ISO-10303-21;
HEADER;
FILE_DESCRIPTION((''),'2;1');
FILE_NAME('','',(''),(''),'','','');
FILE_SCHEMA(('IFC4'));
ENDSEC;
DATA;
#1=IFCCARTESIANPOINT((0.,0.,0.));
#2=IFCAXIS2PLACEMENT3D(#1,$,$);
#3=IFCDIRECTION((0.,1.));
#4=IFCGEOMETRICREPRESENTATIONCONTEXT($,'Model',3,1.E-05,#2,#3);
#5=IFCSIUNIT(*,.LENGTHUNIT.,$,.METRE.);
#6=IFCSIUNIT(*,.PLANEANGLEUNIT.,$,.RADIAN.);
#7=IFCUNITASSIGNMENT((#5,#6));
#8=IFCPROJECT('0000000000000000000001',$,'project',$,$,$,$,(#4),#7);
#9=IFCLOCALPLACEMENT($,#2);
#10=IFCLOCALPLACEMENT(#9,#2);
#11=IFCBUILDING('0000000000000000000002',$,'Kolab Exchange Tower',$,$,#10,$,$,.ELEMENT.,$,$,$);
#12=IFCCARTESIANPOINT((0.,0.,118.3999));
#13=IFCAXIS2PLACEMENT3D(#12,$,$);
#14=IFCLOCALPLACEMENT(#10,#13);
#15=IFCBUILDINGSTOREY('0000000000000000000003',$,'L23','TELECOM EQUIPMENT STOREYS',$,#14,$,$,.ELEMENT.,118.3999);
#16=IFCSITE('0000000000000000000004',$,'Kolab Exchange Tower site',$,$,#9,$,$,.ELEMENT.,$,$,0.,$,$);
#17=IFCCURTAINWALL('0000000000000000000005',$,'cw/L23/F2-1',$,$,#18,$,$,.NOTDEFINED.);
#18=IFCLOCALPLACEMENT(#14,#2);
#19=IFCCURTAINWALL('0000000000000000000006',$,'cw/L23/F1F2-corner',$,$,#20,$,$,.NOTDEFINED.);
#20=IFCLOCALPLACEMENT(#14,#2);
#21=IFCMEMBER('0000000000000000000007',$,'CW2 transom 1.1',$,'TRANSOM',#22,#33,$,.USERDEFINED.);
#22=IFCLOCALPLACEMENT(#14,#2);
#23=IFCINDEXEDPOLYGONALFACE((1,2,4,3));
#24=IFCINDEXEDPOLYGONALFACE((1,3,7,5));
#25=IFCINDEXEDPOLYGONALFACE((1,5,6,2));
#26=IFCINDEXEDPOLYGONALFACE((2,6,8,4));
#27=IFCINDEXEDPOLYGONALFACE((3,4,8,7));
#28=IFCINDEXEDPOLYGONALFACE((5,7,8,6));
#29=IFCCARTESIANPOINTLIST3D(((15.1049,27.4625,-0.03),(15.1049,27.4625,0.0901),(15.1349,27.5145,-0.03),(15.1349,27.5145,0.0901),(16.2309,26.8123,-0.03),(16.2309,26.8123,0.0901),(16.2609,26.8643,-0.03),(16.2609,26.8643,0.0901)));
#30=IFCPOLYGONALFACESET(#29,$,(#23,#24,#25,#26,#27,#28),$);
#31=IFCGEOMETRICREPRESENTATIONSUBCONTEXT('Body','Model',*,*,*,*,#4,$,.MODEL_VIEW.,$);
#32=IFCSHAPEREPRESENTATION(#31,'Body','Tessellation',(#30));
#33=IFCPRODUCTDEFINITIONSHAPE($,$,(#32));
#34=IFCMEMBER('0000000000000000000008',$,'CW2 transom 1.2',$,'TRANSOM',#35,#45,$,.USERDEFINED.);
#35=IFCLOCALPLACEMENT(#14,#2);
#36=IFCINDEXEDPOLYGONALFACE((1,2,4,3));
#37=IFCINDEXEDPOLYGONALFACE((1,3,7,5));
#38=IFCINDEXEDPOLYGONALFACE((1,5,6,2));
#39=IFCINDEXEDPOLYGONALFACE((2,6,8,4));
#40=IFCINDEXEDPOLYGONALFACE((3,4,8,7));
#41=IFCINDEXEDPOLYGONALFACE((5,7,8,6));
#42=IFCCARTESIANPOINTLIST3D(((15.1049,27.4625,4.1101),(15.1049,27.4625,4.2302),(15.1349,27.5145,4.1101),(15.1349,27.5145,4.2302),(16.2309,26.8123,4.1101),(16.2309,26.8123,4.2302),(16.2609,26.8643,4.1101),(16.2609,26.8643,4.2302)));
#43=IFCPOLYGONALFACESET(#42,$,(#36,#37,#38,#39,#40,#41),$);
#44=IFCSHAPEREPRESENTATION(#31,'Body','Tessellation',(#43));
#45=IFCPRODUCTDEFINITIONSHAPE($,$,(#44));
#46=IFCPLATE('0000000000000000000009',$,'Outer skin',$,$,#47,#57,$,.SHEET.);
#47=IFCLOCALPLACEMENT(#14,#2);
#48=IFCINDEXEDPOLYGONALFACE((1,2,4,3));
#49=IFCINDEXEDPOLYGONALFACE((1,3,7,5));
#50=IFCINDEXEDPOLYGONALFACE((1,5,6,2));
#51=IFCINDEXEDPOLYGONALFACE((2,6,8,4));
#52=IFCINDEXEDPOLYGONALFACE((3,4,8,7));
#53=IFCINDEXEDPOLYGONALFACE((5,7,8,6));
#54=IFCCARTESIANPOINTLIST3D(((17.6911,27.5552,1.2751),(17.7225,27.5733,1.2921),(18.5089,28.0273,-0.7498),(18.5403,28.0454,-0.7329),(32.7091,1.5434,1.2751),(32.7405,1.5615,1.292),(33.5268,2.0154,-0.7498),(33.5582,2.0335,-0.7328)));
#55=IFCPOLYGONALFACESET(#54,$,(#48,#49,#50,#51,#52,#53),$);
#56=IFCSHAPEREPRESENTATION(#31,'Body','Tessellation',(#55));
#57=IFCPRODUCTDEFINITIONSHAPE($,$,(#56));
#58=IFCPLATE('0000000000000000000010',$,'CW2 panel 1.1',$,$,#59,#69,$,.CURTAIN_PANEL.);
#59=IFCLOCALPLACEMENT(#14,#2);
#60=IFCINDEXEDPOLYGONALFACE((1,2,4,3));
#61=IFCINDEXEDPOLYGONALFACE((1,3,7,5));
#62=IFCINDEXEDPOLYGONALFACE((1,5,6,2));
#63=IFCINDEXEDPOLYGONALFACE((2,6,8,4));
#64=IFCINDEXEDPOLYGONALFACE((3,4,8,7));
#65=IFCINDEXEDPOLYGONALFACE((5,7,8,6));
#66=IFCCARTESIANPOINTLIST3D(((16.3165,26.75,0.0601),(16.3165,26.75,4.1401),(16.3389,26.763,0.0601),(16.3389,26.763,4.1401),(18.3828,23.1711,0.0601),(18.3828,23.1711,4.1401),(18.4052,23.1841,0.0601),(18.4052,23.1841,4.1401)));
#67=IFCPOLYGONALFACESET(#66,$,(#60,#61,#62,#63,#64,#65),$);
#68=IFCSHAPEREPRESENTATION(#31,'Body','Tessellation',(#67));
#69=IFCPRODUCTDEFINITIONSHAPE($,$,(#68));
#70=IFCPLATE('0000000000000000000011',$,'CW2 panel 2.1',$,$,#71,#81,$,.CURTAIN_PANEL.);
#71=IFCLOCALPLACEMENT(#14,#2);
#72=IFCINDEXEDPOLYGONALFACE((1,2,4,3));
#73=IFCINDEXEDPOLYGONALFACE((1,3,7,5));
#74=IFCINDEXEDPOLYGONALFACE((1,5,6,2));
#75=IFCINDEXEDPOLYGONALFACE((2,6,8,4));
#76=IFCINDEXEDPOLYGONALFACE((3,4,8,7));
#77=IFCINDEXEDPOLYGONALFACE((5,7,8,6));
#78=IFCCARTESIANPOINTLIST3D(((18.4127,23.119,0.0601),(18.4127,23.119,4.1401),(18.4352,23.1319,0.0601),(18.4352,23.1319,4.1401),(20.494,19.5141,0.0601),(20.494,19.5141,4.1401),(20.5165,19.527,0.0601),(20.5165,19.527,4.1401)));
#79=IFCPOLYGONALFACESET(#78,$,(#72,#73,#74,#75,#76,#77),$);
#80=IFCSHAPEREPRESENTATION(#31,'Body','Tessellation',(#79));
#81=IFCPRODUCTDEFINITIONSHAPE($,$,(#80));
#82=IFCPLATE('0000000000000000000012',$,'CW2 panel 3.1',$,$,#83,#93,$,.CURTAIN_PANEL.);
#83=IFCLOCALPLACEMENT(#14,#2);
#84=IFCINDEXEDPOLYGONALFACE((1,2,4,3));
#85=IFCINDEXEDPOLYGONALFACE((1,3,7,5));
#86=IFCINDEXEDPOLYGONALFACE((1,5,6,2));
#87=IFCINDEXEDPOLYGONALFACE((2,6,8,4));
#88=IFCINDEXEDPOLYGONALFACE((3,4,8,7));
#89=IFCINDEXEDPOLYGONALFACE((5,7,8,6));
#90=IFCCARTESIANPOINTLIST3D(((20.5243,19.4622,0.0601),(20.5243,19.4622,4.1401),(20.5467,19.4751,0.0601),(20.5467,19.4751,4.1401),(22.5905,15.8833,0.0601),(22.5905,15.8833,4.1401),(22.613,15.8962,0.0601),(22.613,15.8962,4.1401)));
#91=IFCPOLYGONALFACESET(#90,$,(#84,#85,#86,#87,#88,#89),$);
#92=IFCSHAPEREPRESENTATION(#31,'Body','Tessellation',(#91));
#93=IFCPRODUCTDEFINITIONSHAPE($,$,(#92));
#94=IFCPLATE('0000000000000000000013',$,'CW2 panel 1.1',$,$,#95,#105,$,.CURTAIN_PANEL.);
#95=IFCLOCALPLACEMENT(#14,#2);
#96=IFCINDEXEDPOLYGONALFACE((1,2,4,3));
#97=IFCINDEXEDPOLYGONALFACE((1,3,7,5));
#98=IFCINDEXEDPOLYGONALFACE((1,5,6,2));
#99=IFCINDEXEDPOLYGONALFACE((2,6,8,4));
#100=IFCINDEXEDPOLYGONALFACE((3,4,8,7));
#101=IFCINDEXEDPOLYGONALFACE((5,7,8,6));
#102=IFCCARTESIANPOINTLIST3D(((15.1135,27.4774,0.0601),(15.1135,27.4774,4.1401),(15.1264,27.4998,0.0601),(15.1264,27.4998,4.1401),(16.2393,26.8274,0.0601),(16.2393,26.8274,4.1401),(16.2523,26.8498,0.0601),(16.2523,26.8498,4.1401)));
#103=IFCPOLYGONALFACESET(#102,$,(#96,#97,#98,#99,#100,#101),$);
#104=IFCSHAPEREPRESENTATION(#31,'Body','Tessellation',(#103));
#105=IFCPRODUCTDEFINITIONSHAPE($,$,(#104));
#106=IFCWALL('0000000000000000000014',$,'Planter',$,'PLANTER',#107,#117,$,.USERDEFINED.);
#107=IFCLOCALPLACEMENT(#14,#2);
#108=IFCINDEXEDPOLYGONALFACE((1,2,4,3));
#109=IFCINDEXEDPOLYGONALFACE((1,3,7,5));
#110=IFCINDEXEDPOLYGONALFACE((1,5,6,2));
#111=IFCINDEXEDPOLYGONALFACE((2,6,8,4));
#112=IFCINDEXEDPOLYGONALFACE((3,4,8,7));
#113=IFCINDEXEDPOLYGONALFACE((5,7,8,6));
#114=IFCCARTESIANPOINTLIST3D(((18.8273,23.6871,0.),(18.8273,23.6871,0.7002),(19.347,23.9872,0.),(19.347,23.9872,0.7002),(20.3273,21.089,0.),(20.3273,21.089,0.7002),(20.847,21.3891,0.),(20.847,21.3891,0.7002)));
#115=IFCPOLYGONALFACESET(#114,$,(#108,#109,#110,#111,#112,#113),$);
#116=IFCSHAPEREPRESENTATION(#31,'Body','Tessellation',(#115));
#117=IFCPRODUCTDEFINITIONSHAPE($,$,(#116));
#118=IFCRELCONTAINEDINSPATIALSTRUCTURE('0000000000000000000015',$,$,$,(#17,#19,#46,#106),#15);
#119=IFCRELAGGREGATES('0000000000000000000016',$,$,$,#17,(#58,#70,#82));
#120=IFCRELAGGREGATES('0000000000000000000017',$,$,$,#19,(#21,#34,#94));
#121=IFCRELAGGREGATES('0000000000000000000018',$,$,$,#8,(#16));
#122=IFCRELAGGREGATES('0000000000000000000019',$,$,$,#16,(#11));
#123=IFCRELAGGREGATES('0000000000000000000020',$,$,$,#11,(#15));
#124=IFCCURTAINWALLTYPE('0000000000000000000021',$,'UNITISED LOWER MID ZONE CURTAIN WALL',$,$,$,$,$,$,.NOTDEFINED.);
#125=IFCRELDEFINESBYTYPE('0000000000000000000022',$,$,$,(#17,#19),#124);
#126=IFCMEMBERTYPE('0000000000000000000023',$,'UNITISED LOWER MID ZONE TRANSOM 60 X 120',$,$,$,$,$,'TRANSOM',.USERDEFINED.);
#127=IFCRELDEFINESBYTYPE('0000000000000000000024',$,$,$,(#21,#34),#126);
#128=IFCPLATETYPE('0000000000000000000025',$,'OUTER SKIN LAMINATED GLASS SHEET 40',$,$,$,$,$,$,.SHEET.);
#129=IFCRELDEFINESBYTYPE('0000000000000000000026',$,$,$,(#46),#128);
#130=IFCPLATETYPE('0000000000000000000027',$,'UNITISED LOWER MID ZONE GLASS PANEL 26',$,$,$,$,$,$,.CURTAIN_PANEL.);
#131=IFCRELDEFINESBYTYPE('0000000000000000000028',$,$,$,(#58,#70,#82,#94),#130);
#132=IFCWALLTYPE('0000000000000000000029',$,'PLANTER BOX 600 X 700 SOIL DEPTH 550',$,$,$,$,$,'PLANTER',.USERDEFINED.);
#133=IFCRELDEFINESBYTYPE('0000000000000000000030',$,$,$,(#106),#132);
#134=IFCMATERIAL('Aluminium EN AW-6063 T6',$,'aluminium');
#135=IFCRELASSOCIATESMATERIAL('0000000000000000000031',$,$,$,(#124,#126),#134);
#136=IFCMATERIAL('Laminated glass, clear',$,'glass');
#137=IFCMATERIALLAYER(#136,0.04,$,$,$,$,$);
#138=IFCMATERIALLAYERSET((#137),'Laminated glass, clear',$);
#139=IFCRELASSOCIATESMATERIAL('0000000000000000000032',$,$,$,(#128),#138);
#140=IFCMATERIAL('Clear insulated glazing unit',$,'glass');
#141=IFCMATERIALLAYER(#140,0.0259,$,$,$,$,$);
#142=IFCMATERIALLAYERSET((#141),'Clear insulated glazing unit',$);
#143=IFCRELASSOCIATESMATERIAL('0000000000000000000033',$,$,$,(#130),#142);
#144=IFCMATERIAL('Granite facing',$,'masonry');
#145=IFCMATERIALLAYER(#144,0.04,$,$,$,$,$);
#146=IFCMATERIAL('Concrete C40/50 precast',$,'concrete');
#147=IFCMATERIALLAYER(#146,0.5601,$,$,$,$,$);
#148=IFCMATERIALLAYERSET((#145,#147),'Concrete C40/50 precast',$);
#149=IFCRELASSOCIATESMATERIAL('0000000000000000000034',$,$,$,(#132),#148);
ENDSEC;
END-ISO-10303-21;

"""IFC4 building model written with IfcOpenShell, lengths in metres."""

from ifc_helpers import new_model, si_unit, direction, frame, frame_2d, origin, origin_2d, place, context, subcontext, project, spatial, polyline, rectangle, outline, extrude, material, layer, layer_set, material_profile, profile_set, type_object, element, aggregate, save


model = new_model("IFC4")

# Units and contexts
model_context = context("Model", 3, precision=1e-05, world=origin(), true_north=direction((0.0, 1.0)))
body_context = subcontext(model_context, "Body", "Model", "MODEL_VIEW")
ifc_project = project(units=[si_unit("LENGTHUNIT", "METRE"), si_unit("PLANEANGLEUNIT", "RADIAN")], contexts=[model_context])

# Site, building, storey
site_placement = place(None, origin())
site = spatial("IfcSite", under=ifc_project, at=site_placement, Name="Kolab Exchange Tower site", CompositionType="ELEMENT", RefElevation=0.0)
building_placement = place(site_placement, origin())
building = spatial("IfcBuilding", under=site, at=building_placement, Name="Kolab Exchange Tower", CompositionType="ELEMENT")
storey_placement = place(building_placement, frame((0.0, 0.0, 118.3999)))
storey = spatial("IfcBuildingStorey", under=building, at=storey_placement, Name="L23", Description="TELECOM EQUIPMENT STOREYS", CompositionType="ELEMENT", Elevation=118.3999)

# Shared definitions
ifc_material_1 = material(Name="Aluminium EN AW-6063 T6", Category="aluminium")
curtain_wall_type = type_object("IfcCurtainWallType", Name="UNITISED LOWER MID ZONE CURTAIN WALL", PredefinedType="NOTDEFINED", material=ifc_material_1)

# Curtain wall
curtain_wall_1_placement = place(storey_placement, origin())
curtain_wall_1 = element("IfcCurtainWall", 1, at=curtain_wall_1_placement, inside=storey, type_object=curtain_wall_type, Name="cw/L23/F2-1", PredefinedType="NOTDEFINED")

# Curtain wall
curtain_wall_2_placement = place(storey_placement, origin())
curtain_wall_2 = element("IfcCurtainWall", 2, at=curtain_wall_2_placement, inside=storey, type_object=curtain_wall_type, Name="cw/L23/F1F2-corner", PredefinedType="NOTDEFINED")

# Members
ifc_material_profile_1 = material_profile(ifc_material_1, rectangle(XDim=0.0601, YDim=0.1201, at=origin_2d()), Name="RECT 60X120")
ifc_profile_set_1 = profile_set([ifc_material_profile_1], Name="Aluminium EN AW-6063 T6")
member_type_1 = type_object("IfcMemberType", Name="UNITISED LOWER MID ZONE TRANSOM 60 X 120", ElementType="TRANSOM", PredefinedType="USERDEFINED", material=ifc_profile_set_1)
member_1_placement = place(storey_placement, frame((15.1199, 27.4885, 0.03), z_axis=(0.866004, -0.500037, 0.0), x_axis=(0.500037, 0.866004, 0.0)))
member_1 = element("IfcMember", 3, at=member_1_placement, type_object=member_type_1, Name="CW2 transom 1.1", ObjectType="TRANSOM", PredefinedType="USERDEFINED", context=body_context, shape_type="SweptSolid", body=[
    extrude(rectangle(XDim=0.0601, YDim=0.1201, at=origin_2d()), origin(), (0.0, 0.0, 1.0), 1.3003),
])
member_2_placement = place(storey_placement, frame((15.1199, 27.4885, 4.1702), z_axis=(0.866004, -0.500037, 0.0), x_axis=(0.500037, 0.866004, 0.0)))
member_2 = element("IfcMember", 4, at=member_2_placement, type_object=member_type_1, Name="CW2 transom 1.2", ObjectType="TRANSOM", PredefinedType="USERDEFINED", context=body_context, shape_type="SweptSolid", body=[
    extrude(rectangle(XDim=0.0601, YDim=0.1201, at=origin_2d()), origin(), (0.0, 0.0, 1.0), 1.3003),
])

# Plates
ifc_material_2 = material(Name="Laminated glass, clear", Category="glass")
ifc_layer_1 = layer(ifc_material_2, 0.04)
ifc_layer_set_1 = layer_set([ifc_layer_1], Name="Laminated glass, clear")
plate_type_1 = type_object("IfcPlateType", Name="OUTER SKIN LAMINATED GLASS SHEET 40", PredefinedType="SHEET", material=ifc_layer_set_1)
plate_1_placement = place(storey_placement, frame((18.5403, 28.0454, -0.7329), z_axis=(0.784887, 0.453155, 0.422613), x_axis=(0.499999, -0.866026, 0.000002)))
element("IfcPlate", 5, at=plate_1_placement, inside=storey, type_object=plate_type_1, Name="Outer skin", PredefinedType="SHEET", context=body_context, shape_type="SweptSolid", body=[
    extrude(outline(polyline([(0.0, 0.0), (30.0359, 0.0), (30.0358, -2.2342), (0.0, -2.2343), (0.0, 0.0)])), origin(), (0.0, 0.0, -1.0), 0.04),
])
ifc_material_3 = material(Name="Clear insulated glazing unit", Category="glass")
ifc_layer_2 = layer(ifc_material_3, 0.0259)
ifc_layer_set_2 = layer_set([ifc_layer_2], Name="Clear insulated glazing unit")
plate_type_2 = type_object("IfcPlateType", Name="UNITISED LOWER MID ZONE GLASS PANEL 26", PredefinedType="CURTAIN_PANEL", material=ifc_layer_set_2)
plate_2_placement = place(storey_placement, frame((17.3608, 24.967, 0.0601), z_axis=(0.0, 0.0, 1.0), x_axis=(0.5, -0.866025, 0.0)))
plate_2 = element("IfcPlate", 6, at=plate_2_placement, type_object=plate_type_2, Name="CW2 panel 1.1", PredefinedType="CURTAIN_PANEL", context=body_context, shape_type="SweptSolid", body=[
    extrude(rectangle(XDim=4.1326, YDim=0.0259, at=origin_2d()), origin(), (0.0, 0.0, 1.0), 4.0801),
])
plate_3_placement = place(storey_placement, frame((19.4646, 21.323, 0.0601), z_axis=(0.0, 0.0, 1.0), x_axis=(0.5, -0.866025, 0.0)))
plate_3 = element("IfcPlate", 7, at=plate_3_placement, type_object=plate_type_2, Name="CW2 panel 2.1", PredefinedType="CURTAIN_PANEL", context=body_context, shape_type="SweptSolid", body=[
    extrude(rectangle(XDim=4.1626, YDim=0.0259, at=origin_2d()), origin(), (0.0, 0.0, 1.0), 4.0801),
])
plate_4_placement = place(storey_placement, frame((21.5686, 17.6792, 0.0601), z_axis=(0.0, 0.0, 1.0), x_axis=(0.5, -0.866025, 0.0)))
plate_4 = element("IfcPlate", 8, at=plate_4_placement, type_object=plate_type_2, Name="CW2 panel 3.1", PredefinedType="CURTAIN_PANEL", context=body_context, shape_type="SweptSolid", body=[
    extrude(rectangle(XDim=4.1326, YDim=0.0259, at=origin_2d()), origin(), (0.0, 0.0, 1.0), 4.0801),
])
aggregate(curtain_wall_1, [plate_2, plate_3, plate_4])
plate_5_placement = place(storey_placement, frame((15.6829, 27.1636, 0.0601), z_axis=(0.0, 0.0, 1.0), x_axis=(0.866025, -0.5, 0.0)))
plate_5 = element("IfcPlate", 9, at=plate_5_placement, type_object=plate_type_2, Name="CW2 panel 1.1", PredefinedType="CURTAIN_PANEL", context=body_context, shape_type="SweptSolid", body=[
    extrude(rectangle(XDim=1.3, YDim=0.0259, at=origin_2d()), origin(), (0.0, 0.0, 1.0), 4.0801),
])
aggregate(curtain_wall_2, [member_1, member_2, plate_5])

# Wall
ifc_material_4 = material(Name="Granite facing", Category="masonry")
ifc_layer_3 = layer(ifc_material_4, 0.04)
ifc_material_5 = material(Name="Concrete C40/50 precast", Category="concrete")
ifc_layer_4 = layer(ifc_material_5, 0.5601)
ifc_layer_set_3 = layer_set([ifc_layer_3, ifc_layer_4], Name="Concrete C40/50 precast")
wall_type_1 = type_object("IfcWallType", Name="PLANTER BOX 600 X 700 SOIL DEPTH 550", ElementType="PLANTER", PredefinedType="USERDEFINED", material=ifc_layer_set_3)
wall_1_placement = place(storey_placement, frame((19.0872, 23.8372, 0.0), z_axis=(0.0, 0.0, 1.0), x_axis=(0.49999, -0.866031, 0.0)))
element("IfcWall", 10, at=wall_1_placement, inside=storey, type_object=wall_type_1, Name="Planter", ObjectType="PLANTER", PredefinedType="USERDEFINED", context=body_context, shape_type="SweptSolid", body=[
    extrude(rectangle(XDim=3.0, YDim=0.6001, at=frame_2d((1.5, 0.0))), origin(), (0.0, 0.0, 1.0), 0.7002),
])

save(model, "model.ifc")
